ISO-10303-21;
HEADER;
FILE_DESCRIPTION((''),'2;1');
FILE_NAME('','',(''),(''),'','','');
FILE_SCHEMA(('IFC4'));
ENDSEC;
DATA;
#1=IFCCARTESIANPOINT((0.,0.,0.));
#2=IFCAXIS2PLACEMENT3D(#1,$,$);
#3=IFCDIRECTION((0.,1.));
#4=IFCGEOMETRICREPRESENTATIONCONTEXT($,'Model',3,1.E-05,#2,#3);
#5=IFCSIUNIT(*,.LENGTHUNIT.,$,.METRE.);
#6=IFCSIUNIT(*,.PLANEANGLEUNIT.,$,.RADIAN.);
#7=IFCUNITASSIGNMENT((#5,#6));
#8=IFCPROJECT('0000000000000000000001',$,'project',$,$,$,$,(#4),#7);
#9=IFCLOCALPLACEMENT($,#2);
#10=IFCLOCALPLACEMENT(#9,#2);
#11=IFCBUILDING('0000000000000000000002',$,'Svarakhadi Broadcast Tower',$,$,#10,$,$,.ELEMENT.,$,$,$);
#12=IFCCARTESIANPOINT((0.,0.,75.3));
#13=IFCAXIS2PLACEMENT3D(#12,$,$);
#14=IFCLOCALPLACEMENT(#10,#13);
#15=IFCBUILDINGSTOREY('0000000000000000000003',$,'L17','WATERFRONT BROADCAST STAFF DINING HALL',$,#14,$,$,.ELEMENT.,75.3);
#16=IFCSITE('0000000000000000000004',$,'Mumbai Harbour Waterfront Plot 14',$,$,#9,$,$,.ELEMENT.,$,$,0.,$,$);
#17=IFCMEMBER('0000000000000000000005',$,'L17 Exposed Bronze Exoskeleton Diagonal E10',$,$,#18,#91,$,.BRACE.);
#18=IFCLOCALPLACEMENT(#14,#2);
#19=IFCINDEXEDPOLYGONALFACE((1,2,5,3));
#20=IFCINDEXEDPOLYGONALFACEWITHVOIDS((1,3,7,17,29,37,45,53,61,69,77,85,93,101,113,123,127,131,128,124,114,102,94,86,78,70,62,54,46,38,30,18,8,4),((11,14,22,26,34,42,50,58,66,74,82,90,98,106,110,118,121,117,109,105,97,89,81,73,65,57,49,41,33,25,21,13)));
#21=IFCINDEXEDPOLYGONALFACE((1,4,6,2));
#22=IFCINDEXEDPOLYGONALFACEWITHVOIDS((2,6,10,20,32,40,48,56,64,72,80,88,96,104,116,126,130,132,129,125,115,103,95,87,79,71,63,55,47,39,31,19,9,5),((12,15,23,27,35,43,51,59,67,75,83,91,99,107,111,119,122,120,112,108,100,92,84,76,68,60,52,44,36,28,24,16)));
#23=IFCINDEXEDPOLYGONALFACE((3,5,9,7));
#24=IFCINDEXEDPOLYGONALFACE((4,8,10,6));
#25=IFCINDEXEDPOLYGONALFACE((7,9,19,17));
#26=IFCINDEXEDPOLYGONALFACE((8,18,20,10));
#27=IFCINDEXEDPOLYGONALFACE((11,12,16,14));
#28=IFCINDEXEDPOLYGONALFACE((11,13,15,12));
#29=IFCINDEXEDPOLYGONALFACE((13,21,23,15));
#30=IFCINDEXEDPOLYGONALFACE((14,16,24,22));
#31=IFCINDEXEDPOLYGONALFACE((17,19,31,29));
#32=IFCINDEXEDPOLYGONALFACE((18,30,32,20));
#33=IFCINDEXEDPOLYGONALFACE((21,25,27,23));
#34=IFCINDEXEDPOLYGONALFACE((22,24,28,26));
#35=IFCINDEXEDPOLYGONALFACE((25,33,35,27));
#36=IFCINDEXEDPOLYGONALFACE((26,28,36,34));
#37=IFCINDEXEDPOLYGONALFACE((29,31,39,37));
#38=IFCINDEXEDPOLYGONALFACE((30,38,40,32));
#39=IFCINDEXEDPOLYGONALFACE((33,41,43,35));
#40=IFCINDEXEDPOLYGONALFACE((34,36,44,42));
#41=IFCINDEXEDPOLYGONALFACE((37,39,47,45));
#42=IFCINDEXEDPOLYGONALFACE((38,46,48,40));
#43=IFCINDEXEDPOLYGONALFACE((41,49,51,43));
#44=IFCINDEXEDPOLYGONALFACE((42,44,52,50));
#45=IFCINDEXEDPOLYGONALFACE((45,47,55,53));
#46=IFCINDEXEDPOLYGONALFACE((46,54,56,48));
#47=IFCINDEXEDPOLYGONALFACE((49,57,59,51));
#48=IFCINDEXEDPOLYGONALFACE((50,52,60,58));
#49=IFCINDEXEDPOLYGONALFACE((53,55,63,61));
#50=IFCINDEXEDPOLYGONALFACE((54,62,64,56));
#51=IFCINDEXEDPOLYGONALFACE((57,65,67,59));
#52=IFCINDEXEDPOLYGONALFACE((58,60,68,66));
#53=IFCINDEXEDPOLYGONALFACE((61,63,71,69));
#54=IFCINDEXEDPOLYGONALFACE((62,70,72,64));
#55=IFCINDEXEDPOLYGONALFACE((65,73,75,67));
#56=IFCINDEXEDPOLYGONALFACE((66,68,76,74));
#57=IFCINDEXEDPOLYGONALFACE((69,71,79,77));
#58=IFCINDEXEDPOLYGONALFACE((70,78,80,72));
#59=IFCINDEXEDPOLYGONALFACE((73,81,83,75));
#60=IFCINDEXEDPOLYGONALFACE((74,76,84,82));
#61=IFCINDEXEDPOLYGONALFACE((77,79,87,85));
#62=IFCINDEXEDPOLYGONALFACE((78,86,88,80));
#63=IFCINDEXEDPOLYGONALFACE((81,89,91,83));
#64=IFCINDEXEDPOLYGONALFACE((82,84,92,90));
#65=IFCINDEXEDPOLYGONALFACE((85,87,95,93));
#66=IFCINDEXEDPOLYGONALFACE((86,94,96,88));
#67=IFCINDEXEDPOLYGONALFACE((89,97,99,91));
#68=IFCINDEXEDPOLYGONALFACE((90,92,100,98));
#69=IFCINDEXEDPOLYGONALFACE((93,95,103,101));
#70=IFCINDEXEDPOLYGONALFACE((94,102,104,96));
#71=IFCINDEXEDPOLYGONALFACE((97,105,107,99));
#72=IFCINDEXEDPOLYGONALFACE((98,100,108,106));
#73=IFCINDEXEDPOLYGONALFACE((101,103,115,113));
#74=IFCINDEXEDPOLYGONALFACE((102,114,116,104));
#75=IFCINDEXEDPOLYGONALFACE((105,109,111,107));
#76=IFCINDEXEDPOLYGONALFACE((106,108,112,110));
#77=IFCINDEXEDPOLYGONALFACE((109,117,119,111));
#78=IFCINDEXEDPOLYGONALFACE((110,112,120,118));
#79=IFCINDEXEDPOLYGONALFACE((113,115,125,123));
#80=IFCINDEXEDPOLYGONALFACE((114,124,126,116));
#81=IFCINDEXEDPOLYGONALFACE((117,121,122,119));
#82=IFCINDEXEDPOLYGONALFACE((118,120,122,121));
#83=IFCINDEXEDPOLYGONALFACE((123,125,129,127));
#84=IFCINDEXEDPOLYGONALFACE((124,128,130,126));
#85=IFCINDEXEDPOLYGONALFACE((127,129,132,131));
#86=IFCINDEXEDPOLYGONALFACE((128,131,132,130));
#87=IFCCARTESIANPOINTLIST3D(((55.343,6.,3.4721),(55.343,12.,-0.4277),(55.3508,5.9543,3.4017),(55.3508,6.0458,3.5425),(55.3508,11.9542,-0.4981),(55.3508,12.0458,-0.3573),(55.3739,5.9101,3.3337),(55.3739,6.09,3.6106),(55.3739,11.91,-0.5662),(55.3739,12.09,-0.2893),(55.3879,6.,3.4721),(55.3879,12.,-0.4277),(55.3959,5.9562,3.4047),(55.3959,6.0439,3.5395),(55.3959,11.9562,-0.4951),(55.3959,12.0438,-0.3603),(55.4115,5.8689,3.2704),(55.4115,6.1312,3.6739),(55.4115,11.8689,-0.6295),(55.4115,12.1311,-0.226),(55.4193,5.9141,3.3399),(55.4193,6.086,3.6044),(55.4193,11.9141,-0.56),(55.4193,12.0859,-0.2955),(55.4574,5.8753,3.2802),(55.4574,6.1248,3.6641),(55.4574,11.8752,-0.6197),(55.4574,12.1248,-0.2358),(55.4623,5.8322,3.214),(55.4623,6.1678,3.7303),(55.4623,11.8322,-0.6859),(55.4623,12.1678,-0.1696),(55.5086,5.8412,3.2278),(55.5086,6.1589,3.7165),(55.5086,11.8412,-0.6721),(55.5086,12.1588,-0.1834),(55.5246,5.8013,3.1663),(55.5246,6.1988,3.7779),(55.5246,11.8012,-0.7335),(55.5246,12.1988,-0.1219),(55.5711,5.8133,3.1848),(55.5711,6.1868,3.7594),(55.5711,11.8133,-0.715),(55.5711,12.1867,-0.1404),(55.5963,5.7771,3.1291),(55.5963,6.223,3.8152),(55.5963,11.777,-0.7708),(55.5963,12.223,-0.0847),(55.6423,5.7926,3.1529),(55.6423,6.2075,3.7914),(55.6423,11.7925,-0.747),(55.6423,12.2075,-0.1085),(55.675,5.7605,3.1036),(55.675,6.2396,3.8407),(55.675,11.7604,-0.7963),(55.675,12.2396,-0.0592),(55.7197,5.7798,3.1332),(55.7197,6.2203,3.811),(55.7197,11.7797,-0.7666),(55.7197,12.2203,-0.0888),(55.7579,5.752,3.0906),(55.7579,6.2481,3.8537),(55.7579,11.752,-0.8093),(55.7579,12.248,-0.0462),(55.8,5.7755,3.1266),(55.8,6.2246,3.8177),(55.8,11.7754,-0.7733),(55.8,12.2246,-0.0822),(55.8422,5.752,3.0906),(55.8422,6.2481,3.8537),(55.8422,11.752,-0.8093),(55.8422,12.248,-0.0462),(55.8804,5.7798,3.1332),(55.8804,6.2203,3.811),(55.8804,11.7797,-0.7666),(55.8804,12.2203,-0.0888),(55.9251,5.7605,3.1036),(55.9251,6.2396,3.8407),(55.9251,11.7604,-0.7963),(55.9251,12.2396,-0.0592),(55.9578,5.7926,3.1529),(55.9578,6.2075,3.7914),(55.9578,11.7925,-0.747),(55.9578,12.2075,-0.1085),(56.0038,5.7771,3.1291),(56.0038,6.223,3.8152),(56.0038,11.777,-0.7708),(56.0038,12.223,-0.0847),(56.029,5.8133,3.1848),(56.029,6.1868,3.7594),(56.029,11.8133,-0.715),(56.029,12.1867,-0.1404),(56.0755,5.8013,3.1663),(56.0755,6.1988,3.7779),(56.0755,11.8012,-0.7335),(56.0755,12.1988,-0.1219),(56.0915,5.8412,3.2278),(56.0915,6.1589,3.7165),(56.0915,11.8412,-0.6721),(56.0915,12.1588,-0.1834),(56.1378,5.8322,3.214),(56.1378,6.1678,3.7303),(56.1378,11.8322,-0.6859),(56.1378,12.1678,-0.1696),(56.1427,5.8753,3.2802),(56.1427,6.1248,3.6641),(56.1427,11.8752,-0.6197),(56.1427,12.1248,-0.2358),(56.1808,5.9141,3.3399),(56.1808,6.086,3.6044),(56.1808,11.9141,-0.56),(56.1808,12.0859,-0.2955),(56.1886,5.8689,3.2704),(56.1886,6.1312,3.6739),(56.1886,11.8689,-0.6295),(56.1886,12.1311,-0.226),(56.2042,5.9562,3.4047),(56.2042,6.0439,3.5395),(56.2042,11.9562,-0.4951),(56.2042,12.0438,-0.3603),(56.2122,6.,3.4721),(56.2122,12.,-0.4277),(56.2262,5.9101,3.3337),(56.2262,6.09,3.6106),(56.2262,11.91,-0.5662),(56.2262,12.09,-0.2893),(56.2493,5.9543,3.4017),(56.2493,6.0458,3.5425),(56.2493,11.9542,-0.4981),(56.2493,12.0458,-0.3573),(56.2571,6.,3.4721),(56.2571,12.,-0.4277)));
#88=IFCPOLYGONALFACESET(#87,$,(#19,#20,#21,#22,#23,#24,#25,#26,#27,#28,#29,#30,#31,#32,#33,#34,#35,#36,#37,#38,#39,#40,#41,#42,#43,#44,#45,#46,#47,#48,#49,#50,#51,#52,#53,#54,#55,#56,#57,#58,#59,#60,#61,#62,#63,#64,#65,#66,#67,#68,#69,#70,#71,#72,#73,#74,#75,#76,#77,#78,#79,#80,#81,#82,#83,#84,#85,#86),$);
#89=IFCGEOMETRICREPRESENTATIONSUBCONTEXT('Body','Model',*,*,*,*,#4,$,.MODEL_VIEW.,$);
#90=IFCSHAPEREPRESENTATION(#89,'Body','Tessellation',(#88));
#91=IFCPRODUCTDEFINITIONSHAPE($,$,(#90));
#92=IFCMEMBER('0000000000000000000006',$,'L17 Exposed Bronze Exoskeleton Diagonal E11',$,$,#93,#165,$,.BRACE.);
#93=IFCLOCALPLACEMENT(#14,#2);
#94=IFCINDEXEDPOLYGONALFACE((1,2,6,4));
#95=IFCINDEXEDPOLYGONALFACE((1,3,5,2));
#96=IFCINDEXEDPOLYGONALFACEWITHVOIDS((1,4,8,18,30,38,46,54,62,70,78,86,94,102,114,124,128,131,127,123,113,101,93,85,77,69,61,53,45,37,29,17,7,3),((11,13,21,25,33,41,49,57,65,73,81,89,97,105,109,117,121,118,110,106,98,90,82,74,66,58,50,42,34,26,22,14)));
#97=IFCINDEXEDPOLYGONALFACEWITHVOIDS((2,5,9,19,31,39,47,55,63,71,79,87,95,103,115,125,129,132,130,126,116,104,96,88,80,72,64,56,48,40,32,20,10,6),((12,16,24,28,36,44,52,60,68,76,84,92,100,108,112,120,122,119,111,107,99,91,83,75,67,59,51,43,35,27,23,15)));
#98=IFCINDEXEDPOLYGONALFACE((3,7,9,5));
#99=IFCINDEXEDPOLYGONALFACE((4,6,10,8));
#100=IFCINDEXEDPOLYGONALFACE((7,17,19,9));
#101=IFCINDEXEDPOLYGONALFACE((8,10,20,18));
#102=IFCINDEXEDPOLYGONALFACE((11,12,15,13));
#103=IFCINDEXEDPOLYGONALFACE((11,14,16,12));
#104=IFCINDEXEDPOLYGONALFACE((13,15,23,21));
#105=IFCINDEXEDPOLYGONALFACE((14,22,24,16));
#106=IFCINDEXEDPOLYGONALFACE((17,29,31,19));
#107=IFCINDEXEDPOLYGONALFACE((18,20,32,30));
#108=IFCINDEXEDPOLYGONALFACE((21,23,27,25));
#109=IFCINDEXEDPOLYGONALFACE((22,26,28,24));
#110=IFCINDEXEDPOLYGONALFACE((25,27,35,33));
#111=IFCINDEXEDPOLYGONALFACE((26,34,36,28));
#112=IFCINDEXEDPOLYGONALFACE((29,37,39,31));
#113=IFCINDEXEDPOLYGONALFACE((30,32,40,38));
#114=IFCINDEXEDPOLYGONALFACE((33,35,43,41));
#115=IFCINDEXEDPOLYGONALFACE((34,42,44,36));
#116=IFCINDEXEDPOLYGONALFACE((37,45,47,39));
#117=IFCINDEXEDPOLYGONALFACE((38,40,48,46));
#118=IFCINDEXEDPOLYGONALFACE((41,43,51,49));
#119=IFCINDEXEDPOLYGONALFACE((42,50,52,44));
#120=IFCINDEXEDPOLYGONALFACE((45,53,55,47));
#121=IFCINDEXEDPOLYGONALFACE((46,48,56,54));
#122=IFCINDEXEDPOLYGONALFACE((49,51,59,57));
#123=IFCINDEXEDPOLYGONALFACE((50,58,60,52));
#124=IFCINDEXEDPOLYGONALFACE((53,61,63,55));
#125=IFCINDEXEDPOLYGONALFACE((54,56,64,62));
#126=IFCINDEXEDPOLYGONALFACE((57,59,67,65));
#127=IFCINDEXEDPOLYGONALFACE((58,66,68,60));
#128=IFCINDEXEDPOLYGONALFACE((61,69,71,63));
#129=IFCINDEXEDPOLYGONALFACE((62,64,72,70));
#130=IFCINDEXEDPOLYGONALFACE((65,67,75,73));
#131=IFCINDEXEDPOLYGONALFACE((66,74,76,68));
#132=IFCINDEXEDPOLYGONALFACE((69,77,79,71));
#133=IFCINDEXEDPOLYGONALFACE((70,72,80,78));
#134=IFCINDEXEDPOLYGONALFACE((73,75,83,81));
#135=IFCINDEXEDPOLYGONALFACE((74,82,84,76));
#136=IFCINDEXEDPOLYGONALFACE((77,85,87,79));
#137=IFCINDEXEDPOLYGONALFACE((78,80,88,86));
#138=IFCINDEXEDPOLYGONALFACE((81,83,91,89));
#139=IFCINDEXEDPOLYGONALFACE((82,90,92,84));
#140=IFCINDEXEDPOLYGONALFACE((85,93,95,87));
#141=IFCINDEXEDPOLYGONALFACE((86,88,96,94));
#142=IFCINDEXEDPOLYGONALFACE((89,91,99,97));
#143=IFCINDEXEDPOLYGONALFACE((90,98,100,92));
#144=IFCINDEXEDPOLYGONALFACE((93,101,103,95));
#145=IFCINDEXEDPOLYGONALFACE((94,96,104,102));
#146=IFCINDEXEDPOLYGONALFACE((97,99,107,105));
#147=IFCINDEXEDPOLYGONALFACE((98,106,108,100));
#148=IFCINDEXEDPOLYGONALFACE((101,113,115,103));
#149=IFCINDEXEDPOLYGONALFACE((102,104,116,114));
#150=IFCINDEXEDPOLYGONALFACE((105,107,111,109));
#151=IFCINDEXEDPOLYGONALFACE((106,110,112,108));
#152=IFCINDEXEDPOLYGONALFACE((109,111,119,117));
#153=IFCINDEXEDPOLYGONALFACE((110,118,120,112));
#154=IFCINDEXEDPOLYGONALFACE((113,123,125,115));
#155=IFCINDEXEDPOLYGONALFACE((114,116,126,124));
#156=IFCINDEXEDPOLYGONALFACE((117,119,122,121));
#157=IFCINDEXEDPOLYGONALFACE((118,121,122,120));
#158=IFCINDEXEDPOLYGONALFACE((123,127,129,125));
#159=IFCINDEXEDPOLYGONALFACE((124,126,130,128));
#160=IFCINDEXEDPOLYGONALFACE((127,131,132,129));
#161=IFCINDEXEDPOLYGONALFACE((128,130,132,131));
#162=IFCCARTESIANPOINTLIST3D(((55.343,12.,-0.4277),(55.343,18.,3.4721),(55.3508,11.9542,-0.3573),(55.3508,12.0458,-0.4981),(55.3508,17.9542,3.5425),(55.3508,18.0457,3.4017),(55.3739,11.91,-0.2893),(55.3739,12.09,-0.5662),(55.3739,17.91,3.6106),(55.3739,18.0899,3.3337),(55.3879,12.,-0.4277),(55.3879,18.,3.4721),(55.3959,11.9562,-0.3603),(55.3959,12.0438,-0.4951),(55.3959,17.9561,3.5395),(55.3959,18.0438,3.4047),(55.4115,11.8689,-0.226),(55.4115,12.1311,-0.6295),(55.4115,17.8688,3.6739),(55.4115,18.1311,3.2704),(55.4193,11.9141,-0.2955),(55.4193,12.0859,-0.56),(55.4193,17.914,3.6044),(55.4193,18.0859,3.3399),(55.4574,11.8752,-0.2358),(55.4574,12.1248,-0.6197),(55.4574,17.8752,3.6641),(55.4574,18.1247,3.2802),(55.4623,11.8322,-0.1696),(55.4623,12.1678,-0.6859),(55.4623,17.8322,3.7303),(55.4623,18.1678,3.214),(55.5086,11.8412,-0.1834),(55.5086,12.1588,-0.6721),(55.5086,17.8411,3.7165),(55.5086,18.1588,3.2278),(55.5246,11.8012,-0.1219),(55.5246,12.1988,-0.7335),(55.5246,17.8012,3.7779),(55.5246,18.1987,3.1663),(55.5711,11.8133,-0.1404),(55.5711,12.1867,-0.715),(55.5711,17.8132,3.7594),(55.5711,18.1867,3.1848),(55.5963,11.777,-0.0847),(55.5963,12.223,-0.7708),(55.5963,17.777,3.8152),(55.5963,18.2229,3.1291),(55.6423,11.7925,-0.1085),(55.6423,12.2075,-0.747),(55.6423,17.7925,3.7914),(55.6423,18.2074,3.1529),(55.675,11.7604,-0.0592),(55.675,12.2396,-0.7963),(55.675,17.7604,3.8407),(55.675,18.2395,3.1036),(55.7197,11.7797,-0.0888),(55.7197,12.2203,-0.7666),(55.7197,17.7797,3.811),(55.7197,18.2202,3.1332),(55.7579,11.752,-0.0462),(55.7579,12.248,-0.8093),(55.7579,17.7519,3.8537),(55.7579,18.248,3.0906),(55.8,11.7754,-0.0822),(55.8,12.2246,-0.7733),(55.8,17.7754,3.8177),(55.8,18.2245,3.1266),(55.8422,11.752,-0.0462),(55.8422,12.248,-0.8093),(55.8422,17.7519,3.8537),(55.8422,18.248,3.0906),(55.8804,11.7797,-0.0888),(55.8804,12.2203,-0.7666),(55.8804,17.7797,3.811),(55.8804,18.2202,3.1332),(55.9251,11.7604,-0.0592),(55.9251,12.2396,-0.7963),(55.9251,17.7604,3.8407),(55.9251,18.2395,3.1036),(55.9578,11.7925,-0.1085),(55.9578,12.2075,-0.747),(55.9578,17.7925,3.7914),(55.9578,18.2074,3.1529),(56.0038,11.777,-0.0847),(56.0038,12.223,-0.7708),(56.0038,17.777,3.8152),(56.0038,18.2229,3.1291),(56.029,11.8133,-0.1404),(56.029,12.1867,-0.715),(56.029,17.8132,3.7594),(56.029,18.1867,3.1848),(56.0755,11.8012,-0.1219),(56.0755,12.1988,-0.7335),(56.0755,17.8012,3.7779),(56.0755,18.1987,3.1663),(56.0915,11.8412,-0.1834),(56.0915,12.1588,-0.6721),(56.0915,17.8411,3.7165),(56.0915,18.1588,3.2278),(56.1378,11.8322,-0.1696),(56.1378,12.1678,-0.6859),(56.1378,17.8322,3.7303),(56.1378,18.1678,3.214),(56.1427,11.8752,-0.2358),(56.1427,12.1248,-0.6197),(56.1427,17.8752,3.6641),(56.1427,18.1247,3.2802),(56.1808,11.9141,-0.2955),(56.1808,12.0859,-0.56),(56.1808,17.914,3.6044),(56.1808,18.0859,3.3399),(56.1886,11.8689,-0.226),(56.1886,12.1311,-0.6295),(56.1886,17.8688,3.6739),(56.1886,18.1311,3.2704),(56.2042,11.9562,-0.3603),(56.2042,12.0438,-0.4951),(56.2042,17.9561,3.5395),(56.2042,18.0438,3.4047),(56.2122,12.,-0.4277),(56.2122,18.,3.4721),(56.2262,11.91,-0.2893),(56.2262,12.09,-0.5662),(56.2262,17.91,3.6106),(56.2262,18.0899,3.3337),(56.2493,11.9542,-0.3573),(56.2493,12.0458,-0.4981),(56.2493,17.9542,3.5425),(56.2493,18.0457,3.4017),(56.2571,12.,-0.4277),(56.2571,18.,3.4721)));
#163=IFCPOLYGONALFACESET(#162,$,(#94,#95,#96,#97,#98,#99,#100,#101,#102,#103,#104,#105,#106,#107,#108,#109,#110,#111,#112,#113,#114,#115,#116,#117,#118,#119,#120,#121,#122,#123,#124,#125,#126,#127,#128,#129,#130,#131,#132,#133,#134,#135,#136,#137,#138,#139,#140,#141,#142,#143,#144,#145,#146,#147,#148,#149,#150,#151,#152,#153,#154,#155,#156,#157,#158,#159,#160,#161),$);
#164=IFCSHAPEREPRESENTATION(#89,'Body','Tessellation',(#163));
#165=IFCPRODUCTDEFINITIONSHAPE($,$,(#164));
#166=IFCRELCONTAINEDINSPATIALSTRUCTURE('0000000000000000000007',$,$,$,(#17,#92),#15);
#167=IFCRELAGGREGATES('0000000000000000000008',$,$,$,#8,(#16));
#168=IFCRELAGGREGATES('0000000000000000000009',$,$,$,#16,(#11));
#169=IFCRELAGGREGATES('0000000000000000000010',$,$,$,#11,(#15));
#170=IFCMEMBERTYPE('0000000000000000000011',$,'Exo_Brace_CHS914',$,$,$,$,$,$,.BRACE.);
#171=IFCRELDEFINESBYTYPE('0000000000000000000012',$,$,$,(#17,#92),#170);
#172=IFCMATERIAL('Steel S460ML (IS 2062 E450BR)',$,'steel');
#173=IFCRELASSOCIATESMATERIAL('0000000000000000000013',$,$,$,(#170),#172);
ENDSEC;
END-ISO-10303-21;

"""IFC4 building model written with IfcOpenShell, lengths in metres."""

from ifc_helpers import new_model, si_unit, direction, frame, origin, origin_2d, place, context, subcontext, project, spatial, hollow_circle, extrude, material, material_profile, profile_set, type_object, element, save


model = new_model("IFC4")

# Units and contexts
model_context = context("Model", 3, precision=1e-05, world=origin(), true_north=direction((0.0, 1.0)))
body_context = subcontext(model_context, "Body", "Model", "MODEL_VIEW")
ifc_project = project(units=[si_unit("LENGTHUNIT", "METRE"), si_unit("PLANEANGLEUNIT", "RADIAN")], contexts=[model_context])

# Site, building, storey
site_placement = place(None, origin())
site = spatial("IfcSite", under=ifc_project, at=site_placement, Name="Mumbai Harbour Waterfront Plot 14", CompositionType="ELEMENT", RefElevation=0.0)
building_placement = place(site_placement, origin())
building = spatial("IfcBuilding", under=site, at=building_placement, Name="Svarakhadi Broadcast Tower", CompositionType="ELEMENT")
storey_placement = place(building_placement, frame((0.0, 0.0, 75.3)))
storey = spatial("IfcBuildingStorey", under=building, at=storey_placement, Name="L17", Description="WATERFRONT BROADCAST STAFF DINING HALL", CompositionType="ELEMENT", Elevation=75.3)

# Members
ifc_material_1 = material(Name="Steel S460ML (IS 2062 E450BR)", Category="steel")
ifc_material_profile_1 = material_profile(ifc_material_1, hollow_circle(Radius=0.457, WallThickness=0.0449, at=origin_2d()), Name="CHS 914x45")
ifc_profile_set_1 = profile_set([ifc_material_profile_1], Name="Steel S460ML (IS 2062 E450BR)")
member_type_1 = type_object("IfcMemberType", Name="Exo_Brace_CHS914", PredefinedType="BRACE", material=ifc_profile_set_1)
for number, where, z_axis, x_axis, name in (
    (1, (55.8, 12.0, -0.4277), (0.0, -0.83845, 0.544979), (1.0, 0.0, 0.0), "L17 Exposed Bronze Exoskeleton Diagonal E10"),
    (2, (55.8, 12.0, -0.4277), (0.0, 0.83845, 0.544979), (-1.0, 0.0, 0.0), "L17 Exposed Bronze Exoskeleton Diagonal E11"),
):
    element("IfcMember", number, at=place(storey_placement, frame(where, z_axis=z_axis, x_axis=x_axis)), inside=storey, type_object=member_type_1, Name=name, PredefinedType="BRACE", context=body_context, shape_type="SweptSolid", body=[
        extrude(hollow_circle(Radius=0.457, WallThickness=0.0449, at=origin_2d()), origin(), (0.0, 0.0, 1.0), 7.156),
    ])

save(model, "model.ifc")
